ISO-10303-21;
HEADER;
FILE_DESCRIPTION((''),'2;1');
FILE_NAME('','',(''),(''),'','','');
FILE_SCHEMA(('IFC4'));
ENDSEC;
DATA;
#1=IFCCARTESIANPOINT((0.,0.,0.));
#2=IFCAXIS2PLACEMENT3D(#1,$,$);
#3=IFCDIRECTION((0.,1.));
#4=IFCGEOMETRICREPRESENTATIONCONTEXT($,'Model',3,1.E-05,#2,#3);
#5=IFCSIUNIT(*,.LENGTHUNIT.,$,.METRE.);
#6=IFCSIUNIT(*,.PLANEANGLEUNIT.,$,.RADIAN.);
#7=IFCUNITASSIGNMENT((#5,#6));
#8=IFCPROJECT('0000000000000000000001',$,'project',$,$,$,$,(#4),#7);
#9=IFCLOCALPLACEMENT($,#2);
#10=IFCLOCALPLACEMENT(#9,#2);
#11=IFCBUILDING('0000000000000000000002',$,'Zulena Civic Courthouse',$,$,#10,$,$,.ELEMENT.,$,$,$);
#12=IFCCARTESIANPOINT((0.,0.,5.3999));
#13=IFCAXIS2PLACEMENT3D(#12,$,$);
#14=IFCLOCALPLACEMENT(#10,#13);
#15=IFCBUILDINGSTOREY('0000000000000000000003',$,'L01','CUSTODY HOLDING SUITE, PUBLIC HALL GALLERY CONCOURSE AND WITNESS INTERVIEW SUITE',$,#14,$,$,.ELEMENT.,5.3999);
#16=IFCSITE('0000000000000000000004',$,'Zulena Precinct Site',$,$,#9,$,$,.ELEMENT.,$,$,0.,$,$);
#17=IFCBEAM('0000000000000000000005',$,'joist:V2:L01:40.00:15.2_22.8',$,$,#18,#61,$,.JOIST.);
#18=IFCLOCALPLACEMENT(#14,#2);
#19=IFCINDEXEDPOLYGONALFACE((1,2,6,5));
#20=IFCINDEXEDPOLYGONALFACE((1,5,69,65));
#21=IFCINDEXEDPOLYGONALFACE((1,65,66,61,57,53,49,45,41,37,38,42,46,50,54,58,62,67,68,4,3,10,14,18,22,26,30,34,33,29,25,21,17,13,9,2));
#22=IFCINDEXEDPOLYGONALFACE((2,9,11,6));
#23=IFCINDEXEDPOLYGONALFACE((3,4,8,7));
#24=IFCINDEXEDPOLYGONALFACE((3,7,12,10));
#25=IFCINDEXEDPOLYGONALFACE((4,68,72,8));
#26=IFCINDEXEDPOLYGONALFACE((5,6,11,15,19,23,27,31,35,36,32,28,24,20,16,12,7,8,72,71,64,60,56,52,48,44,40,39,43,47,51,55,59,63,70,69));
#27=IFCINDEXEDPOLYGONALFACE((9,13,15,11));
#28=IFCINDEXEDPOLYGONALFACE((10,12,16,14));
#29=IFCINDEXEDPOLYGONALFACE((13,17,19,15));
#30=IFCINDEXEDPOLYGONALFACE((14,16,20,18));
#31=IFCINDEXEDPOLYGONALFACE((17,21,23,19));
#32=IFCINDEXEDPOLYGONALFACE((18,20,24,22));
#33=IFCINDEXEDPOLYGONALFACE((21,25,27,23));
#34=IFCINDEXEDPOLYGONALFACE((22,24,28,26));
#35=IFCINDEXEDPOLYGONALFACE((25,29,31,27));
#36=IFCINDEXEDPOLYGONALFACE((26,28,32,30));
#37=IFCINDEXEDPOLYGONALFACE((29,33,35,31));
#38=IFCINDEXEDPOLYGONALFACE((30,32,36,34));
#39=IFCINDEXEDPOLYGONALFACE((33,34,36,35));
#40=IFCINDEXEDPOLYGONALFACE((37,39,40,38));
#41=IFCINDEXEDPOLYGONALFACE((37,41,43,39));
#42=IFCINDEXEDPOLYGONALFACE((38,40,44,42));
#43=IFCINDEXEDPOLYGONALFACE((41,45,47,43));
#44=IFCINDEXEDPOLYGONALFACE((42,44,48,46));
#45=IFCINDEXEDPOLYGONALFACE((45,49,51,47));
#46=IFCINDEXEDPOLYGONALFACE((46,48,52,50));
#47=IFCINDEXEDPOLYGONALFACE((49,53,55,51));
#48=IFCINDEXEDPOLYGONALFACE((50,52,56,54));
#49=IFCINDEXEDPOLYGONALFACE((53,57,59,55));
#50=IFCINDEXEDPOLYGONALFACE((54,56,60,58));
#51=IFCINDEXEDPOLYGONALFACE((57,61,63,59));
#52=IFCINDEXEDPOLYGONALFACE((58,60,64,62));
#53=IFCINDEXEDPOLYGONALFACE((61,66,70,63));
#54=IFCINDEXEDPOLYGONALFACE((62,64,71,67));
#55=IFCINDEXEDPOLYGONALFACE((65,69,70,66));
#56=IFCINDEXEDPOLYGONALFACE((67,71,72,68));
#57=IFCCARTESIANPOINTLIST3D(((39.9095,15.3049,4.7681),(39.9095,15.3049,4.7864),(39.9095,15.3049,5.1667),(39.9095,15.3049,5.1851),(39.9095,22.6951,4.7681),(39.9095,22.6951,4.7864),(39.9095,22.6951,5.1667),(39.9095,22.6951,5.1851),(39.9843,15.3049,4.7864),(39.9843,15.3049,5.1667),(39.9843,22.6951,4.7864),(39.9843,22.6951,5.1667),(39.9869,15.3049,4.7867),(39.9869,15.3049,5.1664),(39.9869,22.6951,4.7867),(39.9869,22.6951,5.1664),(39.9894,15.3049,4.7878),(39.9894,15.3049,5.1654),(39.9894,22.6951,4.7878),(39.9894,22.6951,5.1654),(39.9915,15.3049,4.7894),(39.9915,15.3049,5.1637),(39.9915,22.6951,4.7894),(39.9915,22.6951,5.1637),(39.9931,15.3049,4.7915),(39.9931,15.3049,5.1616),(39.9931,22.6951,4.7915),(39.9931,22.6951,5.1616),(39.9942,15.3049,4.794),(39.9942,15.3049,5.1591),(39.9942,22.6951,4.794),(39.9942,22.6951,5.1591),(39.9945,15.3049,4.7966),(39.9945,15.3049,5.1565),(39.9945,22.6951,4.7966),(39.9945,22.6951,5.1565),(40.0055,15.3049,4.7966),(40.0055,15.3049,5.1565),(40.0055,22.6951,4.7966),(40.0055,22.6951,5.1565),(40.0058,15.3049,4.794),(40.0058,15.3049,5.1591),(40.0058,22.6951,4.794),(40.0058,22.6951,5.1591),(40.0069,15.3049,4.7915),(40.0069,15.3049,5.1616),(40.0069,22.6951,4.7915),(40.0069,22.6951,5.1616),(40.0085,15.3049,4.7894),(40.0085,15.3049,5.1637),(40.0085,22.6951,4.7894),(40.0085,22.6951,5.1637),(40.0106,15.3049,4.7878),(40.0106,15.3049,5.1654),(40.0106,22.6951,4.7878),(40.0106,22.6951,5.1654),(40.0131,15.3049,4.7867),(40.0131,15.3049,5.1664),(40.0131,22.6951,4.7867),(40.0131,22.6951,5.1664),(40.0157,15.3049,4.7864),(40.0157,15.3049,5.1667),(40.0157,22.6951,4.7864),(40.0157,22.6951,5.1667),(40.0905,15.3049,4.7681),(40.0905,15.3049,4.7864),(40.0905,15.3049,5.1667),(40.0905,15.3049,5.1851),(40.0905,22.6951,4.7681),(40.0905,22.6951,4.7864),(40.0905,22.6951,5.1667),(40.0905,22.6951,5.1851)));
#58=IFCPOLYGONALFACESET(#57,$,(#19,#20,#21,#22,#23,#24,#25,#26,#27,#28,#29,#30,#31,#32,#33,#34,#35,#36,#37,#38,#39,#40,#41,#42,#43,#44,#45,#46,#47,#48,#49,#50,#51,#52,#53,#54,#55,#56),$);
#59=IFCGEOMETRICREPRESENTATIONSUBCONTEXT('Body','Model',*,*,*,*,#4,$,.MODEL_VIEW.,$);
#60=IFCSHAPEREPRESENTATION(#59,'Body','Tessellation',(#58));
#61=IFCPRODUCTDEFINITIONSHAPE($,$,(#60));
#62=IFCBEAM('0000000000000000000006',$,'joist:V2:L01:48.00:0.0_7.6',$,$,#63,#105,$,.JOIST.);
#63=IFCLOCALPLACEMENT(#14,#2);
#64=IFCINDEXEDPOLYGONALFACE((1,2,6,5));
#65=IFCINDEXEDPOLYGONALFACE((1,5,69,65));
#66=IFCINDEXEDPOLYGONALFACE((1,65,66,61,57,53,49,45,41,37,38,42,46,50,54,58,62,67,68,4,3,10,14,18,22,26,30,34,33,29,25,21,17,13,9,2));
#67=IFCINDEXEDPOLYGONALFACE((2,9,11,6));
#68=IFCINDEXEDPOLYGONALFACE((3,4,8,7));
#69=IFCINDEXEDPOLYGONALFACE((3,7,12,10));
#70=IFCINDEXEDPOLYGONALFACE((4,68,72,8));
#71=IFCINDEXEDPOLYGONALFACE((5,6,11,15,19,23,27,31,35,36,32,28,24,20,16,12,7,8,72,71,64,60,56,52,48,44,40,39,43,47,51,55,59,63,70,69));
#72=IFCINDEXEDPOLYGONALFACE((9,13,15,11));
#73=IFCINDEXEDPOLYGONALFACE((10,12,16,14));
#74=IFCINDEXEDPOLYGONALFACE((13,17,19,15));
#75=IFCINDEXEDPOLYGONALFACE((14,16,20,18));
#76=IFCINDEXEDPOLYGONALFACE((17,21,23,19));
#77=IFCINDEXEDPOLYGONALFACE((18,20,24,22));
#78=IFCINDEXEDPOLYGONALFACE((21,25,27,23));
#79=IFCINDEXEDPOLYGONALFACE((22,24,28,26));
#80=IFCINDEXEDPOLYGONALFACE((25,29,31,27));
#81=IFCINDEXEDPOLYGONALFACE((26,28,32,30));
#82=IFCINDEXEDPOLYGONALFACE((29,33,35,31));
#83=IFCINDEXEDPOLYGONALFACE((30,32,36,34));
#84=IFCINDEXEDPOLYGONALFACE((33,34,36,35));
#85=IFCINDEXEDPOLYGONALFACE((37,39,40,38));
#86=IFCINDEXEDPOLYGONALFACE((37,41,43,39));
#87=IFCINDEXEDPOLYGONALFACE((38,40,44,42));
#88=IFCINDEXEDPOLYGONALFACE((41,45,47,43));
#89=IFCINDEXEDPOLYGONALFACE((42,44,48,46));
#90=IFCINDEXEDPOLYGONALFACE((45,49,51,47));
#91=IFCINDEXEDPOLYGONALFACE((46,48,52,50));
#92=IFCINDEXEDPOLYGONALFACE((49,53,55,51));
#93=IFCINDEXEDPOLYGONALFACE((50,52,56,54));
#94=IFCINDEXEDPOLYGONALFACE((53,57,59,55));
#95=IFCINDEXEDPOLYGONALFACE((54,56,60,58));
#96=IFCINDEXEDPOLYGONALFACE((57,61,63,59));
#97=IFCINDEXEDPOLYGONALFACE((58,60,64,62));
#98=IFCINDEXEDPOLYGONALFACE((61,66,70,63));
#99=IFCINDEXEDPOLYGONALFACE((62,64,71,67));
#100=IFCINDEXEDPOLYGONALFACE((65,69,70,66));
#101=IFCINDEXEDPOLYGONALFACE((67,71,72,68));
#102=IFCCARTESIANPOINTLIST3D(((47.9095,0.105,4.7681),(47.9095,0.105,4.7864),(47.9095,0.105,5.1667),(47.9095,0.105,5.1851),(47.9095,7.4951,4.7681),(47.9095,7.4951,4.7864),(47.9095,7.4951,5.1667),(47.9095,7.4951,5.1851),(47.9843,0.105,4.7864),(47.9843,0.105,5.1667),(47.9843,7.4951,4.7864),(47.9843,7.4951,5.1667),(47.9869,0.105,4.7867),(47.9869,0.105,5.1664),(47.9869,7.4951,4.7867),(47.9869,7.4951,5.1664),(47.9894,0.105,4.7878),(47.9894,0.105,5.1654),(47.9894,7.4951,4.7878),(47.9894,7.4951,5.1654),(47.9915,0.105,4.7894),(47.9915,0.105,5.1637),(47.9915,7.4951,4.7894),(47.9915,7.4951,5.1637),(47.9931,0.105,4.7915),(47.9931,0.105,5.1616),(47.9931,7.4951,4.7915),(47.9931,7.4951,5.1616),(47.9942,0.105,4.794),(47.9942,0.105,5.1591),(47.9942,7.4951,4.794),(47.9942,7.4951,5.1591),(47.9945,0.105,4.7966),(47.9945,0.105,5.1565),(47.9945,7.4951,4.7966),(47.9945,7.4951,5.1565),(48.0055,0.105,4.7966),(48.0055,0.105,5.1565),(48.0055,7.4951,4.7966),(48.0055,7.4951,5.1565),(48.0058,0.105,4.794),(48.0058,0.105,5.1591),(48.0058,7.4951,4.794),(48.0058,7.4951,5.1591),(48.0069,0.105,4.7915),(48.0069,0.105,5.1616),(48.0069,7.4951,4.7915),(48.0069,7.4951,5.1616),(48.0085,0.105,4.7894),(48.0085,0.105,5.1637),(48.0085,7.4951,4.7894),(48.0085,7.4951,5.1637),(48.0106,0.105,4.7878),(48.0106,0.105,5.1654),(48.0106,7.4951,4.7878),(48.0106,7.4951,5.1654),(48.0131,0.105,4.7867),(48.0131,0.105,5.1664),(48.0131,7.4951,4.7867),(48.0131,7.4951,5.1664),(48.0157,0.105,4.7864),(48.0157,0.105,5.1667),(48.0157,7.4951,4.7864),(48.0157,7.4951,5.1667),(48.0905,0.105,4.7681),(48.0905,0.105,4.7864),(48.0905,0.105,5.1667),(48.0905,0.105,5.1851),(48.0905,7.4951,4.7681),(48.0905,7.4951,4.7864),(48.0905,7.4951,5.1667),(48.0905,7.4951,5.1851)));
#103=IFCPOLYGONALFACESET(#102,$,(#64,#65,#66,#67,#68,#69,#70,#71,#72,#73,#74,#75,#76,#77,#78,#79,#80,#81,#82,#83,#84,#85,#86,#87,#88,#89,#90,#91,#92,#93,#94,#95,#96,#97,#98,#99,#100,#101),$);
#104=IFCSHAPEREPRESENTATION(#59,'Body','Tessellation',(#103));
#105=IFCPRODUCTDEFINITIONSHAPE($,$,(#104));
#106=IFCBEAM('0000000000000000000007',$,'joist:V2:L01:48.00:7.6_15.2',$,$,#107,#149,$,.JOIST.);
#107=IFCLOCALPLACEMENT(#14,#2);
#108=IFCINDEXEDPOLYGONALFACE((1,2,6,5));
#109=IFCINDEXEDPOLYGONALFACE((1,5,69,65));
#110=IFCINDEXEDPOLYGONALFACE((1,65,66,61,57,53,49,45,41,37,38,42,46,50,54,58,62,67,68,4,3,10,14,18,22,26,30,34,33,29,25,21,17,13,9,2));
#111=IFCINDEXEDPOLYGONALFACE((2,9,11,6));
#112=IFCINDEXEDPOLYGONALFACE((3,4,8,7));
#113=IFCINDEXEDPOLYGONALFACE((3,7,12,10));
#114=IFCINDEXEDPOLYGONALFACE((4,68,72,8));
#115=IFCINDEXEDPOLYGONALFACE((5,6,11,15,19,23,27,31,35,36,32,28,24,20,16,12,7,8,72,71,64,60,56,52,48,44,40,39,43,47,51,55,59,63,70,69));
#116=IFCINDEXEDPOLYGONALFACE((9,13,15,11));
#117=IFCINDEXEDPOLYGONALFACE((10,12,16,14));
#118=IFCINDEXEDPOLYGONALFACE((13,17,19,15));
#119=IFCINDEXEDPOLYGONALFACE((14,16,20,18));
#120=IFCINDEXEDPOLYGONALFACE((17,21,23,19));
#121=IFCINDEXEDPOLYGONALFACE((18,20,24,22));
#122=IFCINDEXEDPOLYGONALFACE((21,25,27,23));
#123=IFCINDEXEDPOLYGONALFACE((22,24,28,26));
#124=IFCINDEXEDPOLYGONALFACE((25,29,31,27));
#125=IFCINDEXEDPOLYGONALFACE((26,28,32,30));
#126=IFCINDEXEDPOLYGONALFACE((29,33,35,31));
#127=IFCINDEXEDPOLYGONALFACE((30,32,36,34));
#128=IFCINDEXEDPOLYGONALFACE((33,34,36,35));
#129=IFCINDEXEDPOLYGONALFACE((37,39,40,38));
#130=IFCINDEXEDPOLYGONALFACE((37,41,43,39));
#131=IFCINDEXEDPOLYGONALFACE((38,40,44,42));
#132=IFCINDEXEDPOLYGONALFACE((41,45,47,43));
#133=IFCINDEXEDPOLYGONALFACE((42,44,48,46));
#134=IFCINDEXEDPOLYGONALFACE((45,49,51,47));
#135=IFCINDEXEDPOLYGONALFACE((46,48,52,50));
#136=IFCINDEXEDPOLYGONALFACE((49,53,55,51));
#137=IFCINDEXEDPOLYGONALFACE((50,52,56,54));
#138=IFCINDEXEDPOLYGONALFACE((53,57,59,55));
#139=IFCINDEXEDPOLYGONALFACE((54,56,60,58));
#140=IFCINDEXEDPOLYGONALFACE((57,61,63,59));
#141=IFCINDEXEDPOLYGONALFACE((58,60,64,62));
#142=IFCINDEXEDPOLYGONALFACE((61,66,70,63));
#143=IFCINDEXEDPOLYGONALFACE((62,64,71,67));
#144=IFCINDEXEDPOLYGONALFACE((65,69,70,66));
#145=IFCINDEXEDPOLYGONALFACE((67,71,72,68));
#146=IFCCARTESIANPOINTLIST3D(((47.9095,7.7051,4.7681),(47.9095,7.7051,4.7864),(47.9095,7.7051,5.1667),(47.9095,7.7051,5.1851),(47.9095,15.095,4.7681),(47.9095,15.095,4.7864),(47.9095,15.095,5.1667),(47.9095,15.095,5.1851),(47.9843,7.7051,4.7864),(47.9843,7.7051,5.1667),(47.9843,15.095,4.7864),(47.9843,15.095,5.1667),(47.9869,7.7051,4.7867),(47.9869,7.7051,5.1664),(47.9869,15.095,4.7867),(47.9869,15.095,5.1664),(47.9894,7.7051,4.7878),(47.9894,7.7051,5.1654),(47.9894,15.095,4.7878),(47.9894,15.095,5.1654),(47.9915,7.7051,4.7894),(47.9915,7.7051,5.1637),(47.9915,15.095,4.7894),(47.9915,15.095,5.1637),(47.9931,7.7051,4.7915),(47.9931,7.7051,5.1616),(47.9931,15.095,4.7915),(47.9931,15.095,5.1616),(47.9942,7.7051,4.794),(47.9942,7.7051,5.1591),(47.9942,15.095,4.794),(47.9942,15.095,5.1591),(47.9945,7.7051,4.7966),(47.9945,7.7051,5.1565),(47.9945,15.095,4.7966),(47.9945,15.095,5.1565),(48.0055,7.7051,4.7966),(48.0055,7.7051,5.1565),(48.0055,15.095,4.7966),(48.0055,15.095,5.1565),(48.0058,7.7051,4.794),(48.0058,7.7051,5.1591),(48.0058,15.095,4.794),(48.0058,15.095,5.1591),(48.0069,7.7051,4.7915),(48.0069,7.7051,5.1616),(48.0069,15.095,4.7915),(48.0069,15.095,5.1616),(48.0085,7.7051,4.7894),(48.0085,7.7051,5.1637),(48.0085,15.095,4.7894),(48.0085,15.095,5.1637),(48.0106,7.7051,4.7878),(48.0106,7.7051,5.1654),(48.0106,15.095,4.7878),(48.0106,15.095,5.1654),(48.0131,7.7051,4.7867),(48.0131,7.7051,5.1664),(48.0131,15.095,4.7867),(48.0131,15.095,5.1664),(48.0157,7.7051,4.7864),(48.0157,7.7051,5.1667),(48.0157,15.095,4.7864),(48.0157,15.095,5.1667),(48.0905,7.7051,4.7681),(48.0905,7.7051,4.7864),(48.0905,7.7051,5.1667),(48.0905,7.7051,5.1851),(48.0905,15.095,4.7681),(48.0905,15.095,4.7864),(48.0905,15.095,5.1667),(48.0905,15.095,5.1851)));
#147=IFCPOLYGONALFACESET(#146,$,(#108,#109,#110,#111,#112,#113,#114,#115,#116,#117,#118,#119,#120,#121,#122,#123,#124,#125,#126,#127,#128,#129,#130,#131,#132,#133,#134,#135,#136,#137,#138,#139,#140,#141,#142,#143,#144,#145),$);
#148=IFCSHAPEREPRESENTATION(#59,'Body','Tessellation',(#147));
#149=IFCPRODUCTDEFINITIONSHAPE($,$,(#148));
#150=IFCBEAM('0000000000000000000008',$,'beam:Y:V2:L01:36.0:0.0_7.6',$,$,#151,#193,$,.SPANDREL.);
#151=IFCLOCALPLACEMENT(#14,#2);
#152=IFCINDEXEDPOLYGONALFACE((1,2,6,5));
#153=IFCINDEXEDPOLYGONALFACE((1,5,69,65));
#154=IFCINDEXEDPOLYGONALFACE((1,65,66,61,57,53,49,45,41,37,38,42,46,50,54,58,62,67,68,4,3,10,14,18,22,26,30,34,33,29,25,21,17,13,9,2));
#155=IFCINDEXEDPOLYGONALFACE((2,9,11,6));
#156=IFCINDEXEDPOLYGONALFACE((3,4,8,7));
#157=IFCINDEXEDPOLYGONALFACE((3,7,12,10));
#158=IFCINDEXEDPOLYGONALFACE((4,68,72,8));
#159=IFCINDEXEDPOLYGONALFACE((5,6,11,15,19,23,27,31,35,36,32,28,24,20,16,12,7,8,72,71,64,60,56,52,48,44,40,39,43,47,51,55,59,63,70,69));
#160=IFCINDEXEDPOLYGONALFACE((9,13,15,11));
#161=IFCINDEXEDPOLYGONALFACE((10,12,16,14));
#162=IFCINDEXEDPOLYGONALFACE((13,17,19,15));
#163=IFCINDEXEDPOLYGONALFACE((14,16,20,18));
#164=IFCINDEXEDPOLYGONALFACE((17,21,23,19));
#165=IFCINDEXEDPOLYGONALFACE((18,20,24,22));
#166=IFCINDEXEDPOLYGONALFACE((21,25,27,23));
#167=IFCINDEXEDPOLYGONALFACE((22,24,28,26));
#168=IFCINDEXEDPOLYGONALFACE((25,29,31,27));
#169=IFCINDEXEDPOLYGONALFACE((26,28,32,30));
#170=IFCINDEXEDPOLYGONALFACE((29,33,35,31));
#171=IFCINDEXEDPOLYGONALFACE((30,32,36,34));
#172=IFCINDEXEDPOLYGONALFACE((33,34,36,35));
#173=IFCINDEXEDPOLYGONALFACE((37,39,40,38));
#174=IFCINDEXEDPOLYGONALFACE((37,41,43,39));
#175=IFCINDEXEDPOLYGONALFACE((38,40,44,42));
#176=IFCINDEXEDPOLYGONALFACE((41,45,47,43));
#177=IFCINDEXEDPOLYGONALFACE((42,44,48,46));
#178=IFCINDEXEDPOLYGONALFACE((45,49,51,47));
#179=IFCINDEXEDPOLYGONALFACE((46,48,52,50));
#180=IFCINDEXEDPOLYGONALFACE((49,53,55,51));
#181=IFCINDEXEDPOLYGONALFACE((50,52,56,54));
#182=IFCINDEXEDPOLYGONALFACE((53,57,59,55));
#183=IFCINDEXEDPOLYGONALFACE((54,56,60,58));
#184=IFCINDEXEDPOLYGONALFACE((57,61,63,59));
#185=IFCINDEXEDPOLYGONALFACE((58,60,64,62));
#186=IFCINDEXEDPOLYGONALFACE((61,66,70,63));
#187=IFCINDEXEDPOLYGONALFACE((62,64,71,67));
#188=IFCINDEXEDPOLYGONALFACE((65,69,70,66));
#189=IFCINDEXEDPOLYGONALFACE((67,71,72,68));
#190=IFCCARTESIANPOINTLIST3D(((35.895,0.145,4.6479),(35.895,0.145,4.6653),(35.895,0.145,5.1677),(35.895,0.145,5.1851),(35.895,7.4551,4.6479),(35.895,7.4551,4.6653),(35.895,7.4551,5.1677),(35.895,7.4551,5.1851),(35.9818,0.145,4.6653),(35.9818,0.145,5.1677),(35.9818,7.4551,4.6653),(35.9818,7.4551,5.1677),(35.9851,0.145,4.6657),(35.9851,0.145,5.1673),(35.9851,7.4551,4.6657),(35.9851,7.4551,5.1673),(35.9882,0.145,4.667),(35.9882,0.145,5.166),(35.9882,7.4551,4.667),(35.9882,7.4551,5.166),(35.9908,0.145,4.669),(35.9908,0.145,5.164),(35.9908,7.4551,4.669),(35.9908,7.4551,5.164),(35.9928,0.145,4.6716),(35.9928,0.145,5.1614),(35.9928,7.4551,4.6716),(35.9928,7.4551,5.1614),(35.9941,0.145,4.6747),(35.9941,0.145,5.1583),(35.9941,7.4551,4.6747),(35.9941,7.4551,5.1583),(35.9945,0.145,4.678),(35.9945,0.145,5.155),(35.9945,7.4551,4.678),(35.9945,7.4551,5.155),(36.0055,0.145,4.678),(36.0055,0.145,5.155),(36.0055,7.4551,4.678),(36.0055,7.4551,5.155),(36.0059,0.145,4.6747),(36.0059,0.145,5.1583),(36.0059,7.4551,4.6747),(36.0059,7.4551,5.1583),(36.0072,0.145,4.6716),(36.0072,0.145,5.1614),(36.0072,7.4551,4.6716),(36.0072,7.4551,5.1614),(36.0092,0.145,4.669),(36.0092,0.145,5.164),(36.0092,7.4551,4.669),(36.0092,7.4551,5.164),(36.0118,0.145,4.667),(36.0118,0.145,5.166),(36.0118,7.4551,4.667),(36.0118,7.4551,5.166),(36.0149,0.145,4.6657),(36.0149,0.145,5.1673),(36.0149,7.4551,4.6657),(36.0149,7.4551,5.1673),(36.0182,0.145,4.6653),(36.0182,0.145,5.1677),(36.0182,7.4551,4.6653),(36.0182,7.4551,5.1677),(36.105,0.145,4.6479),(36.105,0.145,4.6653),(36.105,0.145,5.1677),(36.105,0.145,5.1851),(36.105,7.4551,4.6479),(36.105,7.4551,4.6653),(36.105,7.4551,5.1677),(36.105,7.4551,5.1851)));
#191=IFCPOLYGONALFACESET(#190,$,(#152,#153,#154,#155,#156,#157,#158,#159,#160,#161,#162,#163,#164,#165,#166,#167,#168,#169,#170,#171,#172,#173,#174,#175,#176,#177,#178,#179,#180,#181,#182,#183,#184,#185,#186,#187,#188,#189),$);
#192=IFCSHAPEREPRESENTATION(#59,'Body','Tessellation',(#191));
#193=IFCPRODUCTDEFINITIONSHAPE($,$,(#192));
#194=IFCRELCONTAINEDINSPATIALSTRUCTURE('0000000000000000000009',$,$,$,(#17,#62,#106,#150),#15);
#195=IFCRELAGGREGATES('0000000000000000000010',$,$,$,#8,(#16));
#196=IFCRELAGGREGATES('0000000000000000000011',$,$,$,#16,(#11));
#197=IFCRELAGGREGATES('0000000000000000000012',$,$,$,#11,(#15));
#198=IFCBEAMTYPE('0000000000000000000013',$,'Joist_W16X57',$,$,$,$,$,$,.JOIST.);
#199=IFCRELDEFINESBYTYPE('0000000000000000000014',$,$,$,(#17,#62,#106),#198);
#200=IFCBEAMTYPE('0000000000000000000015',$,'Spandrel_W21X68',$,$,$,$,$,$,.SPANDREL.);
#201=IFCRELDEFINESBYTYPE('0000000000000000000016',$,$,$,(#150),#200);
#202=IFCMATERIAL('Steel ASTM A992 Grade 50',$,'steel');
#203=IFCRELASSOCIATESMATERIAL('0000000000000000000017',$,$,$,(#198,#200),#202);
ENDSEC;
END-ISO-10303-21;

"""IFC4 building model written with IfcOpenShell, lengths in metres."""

from ifc_helpers import new_model, si_unit, direction, frame, origin, origin_2d, place, context, subcontext, project, spatial, i_section, extrude, material, material_profile, profile_set, type_object, element, save


model = new_model("IFC4")

# Units and contexts
model_context = context("Model", 3, precision=1e-05, world=origin(), true_north=direction((0.0, 1.0)))
body_context = subcontext(model_context, "Body", "Model", "MODEL_VIEW")
ifc_project = project(units=[si_unit("LENGTHUNIT", "METRE"), si_unit("PLANEANGLEUNIT", "RADIAN")], contexts=[model_context])

# Site, building, storey
site_placement = place(None, origin())
site = spatial("IfcSite", under=ifc_project, at=site_placement, Name="Zulena Precinct Site", CompositionType="ELEMENT", RefElevation=0.0)
building_placement = place(site_placement, origin())
building = spatial("IfcBuilding", under=site, at=building_placement, Name="Zulena Civic Courthouse", CompositionType="ELEMENT")
storey_placement = place(building_placement, frame((0.0, 0.0, 5.3999)))
storey = spatial("IfcBuildingStorey", under=building, at=storey_placement, Name="L01", Description="CUSTODY HOLDING SUITE, PUBLIC HALL GALLERY CONCOURSE AND WITNESS INTERVIEW SUITE", CompositionType="ELEMENT", Elevation=5.3999)

# Shared definitions
ifc_material_1 = material(Name="Steel ASTM A992 Grade 50", Category="steel")

# Beams
ifc_material_profile_1 = material_profile(ifc_material_1, i_section(OverallWidth=0.1809, OverallDepth=0.417, WebThickness=0.011, FlangeThickness=0.0183, FilletRadius=0.0103, at=origin_2d()), Name="W16X57")
ifc_profile_set_1 = profile_set([ifc_material_profile_1], Name="Steel ASTM A992 Grade 50")
beam_type_1 = type_object("IfcBeamType", Name="Joist_W16X57", PredefinedType="JOIST", material=ifc_profile_set_1)
for number, where, z_axis, x_axis, name in (
    (1, (40.0, 15.3049, 4.9766), (0.0, 1.0, 0.0), (-1.0, 0.0, 0.0), "joist:V2:L01:40.00:15.2_22.8"),
    (2, (48.0, 0.105, 4.9766), (0.0, 1.0, 0.0), (-1.0, 0.0, 0.0), "joist:V2:L01:48.00:0.0_7.6"),
):
    element("IfcBeam", number, at=place(storey_placement, frame(where, z_axis=z_axis, x_axis=x_axis)), inside=storey, type_object=beam_type_1, Name=name, PredefinedType="JOIST", context=body_context, shape_type="SweptSolid", body=[
        extrude(i_section(OverallWidth=0.1809, OverallDepth=0.417, WebThickness=0.011, FlangeThickness=0.0183, FilletRadius=0.0103, at=origin_2d()), origin(), (0.0, 0.0, 1.0), 7.3901),
    ])
beam_1_placement = place(storey_placement, frame((48.0, 7.7051, 4.9766), z_axis=(0.0, 1.0, 0.0), x_axis=(-1.0, 0.0, 0.0)))
element("IfcBeam", 3, at=beam_1_placement, inside=storey, type_object=beam_type_1, Name="joist:V2:L01:48.00:7.6_15.2", PredefinedType="JOIST", context=body_context, shape_type="SweptSolid", body=[
    extrude(i_section(OverallWidth=0.1809, OverallDepth=0.417, WebThickness=0.011, FlangeThickness=0.0183, FilletRadius=0.0103, at=origin_2d()), origin(), (0.0, 0.0, 1.0), 7.3899),
])
ifc_material_profile_2 = material_profile(ifc_material_1, i_section(OverallWidth=0.21, OverallDepth=0.5371, WebThickness=0.011, FlangeThickness=0.0173, FilletRadius=0.0127, at=origin_2d()), Name="W21X68")
ifc_profile_set_2 = profile_set([ifc_material_profile_2], Name="Steel ASTM A992 Grade 50")
beam_type_2 = type_object("IfcBeamType", Name="Spandrel_W21X68", PredefinedType="SPANDREL", material=ifc_profile_set_2)
for number, where, z_axis, x_axis, name in (
    (4, (36.0, 0.145, 4.9165), (0.0, 1.0, 0.0), (-1.0, 0.0, 0.0), "beam:Y:V2:L01:36.0:0.0_7.6"),
):
    element("IfcBeam", number, at=place(storey_placement, frame(where, z_axis=z_axis, x_axis=x_axis)), inside=storey, type_object=beam_type_2, Name=name, PredefinedType="SPANDREL", context=body_context, shape_type="SweptSolid", body=[
        extrude(i_section(OverallWidth=0.21, OverallDepth=0.5371, WebThickness=0.011, FlangeThickness=0.0173, FilletRadius=0.0127, at=origin_2d()), origin(), (0.0, 0.0, 1.0), 7.3101),
    ])

save(model, "model.ifc")
